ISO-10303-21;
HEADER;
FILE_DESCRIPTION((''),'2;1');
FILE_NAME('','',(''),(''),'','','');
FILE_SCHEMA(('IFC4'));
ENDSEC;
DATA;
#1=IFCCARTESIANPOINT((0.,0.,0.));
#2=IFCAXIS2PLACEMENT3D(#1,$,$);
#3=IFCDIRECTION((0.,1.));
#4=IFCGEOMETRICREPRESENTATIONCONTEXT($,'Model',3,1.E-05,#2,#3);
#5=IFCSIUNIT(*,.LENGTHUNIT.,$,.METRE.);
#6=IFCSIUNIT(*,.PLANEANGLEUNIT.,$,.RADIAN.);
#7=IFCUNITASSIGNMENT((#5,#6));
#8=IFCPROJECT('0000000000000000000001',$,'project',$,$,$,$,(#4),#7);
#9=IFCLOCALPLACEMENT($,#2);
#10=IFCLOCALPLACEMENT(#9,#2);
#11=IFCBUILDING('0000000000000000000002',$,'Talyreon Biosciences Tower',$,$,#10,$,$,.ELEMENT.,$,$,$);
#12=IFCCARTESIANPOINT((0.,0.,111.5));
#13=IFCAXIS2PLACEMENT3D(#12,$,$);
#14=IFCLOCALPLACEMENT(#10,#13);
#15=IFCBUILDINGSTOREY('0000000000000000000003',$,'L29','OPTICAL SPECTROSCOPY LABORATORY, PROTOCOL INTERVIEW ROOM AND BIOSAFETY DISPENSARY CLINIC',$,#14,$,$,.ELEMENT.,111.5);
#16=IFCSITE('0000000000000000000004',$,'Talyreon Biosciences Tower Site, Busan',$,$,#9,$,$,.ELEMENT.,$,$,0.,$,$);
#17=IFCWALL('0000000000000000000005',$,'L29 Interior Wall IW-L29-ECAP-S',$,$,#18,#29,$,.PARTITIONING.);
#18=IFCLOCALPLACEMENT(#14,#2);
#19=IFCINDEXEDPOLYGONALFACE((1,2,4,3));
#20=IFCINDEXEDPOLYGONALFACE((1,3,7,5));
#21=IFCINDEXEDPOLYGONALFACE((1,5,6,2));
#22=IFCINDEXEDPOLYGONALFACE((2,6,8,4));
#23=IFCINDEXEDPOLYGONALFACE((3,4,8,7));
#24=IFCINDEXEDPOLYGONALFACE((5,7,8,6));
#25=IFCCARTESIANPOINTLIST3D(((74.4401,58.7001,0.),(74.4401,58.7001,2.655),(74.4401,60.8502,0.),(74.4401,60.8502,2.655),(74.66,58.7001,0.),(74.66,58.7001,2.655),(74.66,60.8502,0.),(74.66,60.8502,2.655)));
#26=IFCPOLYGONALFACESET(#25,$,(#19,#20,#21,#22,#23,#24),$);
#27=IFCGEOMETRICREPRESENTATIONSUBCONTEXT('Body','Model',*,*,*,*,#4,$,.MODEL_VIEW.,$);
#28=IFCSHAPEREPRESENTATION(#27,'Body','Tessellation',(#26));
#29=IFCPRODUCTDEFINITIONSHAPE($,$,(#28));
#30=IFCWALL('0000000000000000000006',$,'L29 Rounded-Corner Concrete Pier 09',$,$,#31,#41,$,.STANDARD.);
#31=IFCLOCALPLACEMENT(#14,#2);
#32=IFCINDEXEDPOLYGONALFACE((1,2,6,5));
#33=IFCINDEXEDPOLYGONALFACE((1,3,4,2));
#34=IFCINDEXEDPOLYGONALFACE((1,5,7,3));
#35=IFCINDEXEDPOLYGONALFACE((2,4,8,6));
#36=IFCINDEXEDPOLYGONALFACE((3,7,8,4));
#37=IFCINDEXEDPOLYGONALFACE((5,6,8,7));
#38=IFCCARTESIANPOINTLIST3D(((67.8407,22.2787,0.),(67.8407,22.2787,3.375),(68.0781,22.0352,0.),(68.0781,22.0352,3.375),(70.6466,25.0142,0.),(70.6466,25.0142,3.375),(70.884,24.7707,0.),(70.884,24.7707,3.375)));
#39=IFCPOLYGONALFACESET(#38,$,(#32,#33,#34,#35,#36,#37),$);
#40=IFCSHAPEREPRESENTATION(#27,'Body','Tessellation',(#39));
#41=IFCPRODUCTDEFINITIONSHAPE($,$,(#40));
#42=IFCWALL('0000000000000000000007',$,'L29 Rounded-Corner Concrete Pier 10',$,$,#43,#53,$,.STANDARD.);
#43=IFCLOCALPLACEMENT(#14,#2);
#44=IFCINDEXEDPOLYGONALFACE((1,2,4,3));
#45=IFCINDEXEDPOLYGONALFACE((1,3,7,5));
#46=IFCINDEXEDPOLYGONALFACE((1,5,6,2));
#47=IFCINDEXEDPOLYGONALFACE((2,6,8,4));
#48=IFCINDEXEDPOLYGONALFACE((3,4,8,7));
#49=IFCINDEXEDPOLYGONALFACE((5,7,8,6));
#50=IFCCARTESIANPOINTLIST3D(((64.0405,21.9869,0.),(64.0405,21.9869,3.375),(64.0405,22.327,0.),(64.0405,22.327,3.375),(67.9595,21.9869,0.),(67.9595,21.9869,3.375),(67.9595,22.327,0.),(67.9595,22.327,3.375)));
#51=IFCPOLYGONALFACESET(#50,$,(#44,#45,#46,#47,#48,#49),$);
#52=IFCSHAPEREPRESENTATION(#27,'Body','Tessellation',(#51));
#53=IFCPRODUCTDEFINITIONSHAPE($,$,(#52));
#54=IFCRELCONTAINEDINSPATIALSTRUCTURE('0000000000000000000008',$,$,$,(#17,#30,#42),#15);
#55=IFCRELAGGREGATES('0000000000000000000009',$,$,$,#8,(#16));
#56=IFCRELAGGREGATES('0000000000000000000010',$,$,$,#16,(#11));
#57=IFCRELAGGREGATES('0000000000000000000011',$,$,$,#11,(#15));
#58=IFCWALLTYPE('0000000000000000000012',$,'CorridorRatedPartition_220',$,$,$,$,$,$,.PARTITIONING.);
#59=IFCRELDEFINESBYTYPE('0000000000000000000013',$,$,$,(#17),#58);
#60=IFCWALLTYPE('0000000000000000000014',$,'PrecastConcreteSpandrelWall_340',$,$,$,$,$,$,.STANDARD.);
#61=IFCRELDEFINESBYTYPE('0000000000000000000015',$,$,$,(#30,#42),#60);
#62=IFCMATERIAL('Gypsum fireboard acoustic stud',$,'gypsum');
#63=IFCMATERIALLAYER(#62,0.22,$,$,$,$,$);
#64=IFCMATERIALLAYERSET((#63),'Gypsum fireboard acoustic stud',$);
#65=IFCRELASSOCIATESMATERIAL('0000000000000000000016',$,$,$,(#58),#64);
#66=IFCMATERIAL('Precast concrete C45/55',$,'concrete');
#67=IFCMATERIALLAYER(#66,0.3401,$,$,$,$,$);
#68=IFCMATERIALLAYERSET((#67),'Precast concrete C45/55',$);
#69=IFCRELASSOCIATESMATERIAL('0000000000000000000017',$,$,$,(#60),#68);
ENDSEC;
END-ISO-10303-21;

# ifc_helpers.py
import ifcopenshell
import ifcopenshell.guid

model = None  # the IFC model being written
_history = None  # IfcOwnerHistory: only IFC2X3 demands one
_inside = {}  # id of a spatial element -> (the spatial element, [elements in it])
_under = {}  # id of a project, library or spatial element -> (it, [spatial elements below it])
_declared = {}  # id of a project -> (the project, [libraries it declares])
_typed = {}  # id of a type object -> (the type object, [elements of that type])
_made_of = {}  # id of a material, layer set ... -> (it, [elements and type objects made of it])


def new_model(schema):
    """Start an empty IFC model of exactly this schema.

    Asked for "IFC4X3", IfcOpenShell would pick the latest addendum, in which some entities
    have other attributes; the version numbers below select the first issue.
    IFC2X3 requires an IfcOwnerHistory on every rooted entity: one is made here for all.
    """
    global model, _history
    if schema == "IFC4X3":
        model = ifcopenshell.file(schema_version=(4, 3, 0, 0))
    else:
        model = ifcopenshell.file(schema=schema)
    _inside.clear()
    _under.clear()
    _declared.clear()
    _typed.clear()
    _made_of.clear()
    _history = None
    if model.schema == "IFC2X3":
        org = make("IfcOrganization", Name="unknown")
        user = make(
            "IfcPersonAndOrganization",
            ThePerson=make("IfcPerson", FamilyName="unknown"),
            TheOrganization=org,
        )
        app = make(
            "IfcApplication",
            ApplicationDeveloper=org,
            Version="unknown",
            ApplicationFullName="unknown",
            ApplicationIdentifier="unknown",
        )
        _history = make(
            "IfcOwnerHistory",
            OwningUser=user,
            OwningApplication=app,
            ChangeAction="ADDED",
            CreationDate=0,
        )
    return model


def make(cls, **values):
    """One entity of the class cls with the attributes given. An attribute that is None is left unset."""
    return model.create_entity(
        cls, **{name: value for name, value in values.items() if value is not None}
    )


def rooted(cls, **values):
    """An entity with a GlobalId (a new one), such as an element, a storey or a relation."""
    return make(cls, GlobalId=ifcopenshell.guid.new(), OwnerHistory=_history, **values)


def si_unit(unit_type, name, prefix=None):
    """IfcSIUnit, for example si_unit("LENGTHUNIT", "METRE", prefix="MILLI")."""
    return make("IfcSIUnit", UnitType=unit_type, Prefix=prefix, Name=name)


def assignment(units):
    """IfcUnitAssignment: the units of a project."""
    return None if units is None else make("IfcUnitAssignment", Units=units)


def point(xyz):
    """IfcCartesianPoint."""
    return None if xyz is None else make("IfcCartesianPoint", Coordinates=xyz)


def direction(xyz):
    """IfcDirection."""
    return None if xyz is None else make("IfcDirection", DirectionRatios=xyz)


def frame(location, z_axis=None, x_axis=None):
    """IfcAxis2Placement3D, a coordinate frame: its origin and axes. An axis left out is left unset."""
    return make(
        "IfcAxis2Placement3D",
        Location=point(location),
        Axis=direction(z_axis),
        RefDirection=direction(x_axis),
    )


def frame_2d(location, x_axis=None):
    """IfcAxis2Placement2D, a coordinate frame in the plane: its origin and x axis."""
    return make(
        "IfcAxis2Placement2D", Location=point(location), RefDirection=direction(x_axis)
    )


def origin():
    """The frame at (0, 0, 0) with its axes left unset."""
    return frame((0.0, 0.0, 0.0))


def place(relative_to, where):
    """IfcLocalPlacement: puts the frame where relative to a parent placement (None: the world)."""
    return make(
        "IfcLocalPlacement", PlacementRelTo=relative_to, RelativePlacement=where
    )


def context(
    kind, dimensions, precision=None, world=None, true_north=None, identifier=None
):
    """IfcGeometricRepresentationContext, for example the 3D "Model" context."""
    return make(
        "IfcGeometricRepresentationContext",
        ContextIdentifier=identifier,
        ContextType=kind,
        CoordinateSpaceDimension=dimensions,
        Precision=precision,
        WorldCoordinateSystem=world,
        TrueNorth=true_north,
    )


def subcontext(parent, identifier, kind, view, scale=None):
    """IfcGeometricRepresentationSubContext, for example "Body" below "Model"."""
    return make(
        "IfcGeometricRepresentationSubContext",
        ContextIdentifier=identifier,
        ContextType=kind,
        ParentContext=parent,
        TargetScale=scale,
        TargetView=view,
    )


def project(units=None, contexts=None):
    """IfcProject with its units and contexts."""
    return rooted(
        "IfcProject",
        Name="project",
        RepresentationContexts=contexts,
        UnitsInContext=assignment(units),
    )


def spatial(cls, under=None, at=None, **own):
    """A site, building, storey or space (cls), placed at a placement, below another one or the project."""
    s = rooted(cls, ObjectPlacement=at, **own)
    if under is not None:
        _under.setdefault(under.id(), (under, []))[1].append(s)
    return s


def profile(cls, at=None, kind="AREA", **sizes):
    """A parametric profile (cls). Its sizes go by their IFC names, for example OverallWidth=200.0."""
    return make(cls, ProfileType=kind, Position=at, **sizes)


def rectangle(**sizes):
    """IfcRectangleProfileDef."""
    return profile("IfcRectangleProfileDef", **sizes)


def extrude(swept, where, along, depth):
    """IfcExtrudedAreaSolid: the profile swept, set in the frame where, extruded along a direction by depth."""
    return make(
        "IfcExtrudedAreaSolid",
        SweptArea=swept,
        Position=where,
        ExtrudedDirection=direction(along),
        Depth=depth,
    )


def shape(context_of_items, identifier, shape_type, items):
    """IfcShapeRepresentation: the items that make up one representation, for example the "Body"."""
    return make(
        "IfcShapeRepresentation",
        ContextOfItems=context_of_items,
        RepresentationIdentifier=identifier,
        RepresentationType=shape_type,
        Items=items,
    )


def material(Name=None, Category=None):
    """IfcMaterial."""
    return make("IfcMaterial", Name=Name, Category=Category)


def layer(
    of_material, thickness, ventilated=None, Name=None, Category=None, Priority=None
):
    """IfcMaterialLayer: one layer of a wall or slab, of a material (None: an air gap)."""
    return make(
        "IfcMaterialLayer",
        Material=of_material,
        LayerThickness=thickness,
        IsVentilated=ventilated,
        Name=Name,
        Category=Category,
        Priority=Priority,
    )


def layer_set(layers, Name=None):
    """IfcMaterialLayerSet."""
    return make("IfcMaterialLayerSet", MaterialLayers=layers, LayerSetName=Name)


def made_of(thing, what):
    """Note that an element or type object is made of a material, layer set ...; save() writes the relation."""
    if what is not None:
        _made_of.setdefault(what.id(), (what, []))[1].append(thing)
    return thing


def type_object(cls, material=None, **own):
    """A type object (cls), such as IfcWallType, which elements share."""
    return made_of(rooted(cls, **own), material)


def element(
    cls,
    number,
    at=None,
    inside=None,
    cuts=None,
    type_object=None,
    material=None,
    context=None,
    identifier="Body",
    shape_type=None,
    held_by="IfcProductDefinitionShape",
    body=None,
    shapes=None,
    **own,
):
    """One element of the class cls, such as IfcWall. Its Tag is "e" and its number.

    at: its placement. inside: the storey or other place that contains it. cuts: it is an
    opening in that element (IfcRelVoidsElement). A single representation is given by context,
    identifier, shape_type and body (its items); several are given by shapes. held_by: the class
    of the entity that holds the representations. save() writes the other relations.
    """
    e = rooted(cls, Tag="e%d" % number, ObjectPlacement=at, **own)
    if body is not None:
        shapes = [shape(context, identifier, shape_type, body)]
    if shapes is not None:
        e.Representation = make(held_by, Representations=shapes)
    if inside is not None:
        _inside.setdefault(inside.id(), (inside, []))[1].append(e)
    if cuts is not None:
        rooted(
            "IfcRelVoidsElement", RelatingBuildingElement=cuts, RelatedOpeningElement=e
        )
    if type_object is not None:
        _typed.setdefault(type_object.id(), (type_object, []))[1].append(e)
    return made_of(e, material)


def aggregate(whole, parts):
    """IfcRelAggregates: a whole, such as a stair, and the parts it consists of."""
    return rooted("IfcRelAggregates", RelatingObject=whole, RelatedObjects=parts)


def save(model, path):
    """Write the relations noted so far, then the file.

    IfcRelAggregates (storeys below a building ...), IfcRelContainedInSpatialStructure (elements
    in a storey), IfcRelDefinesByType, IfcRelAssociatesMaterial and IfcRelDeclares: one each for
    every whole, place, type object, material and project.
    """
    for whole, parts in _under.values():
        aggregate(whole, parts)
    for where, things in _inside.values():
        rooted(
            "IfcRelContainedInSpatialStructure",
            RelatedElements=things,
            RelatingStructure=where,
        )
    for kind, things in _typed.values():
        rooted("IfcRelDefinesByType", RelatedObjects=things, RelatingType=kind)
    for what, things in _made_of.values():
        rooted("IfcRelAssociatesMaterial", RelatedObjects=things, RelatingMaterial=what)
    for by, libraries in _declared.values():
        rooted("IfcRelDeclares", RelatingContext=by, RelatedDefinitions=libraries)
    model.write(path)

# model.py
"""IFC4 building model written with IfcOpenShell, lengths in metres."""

from ifc_helpers import new_model, si_unit, direction, frame, frame_2d, origin, place, context, subcontext, project, spatial, rectangle, extrude, material, layer, layer_set, type_object, element, save


model = new_model("IFC4")

# Units and contexts
model_context = context("Model", 3, precision=1e-05, world=origin(), true_north=direction((0.0, 1.0)))
body_context = subcontext(model_context, "Body", "Model", "MODEL_VIEW")
ifc_project = project(units=[si_unit("LENGTHUNIT", "METRE"), si_unit("PLANEANGLEUNIT", "RADIAN")], contexts=[model_context])

# Site, building, storey
site_placement = place(None, origin())
site = spatial("IfcSite", under=ifc_project, at=site_placement, Name="Talyreon Biosciences Tower Site, Busan", CompositionType="ELEMENT", RefElevation=0.0)
building_placement = place(site_placement, origin())
building = spatial("IfcBuilding", under=site, at=building_placement, Name="Talyreon Biosciences Tower", CompositionType="ELEMENT")
storey_placement = place(building_placement, frame((0.0, 0.0, 111.5)))
storey = spatial("IfcBuildingStorey", under=building, at=storey_placement, Name="L29", Description="OPTICAL SPECTROSCOPY LABORATORY, PROTOCOL INTERVIEW ROOM AND BIOSAFETY DISPENSARY CLINIC", CompositionType="ELEMENT", Elevation=111.5)

# Shared definitions
ifc_material_1 = material(Name="Precast concrete C45/55", Category="concrete")

# Walls
ifc_material_2 = material(Name="Gypsum fireboard acoustic stud", Category="gypsum")
ifc_layer_1 = layer(ifc_material_2, 0.22)
ifc_layer_set_1 = layer_set([ifc_layer_1], Name="Gypsum fireboard acoustic stud")
wall_type_1 = type_object("IfcWallType", Name="CorridorRatedPartition_220", PredefinedType="PARTITIONING", material=ifc_layer_set_1)
wall_1_placement = place(storey_placement, frame((74.55, 58.7, 0.0), z_axis=(0.0, 0.0, 1.0), x_axis=(0.0, 1.0, 0.0)))
element("IfcWall", 1, at=wall_1_placement, inside=storey, type_object=wall_type_1, Name="L29 Interior Wall IW-L29-ECAP-S", PredefinedType="PARTITIONING", context=body_context, shape_type="SweptSolid", body=[
    extrude(rectangle(XDim=2.1501, YDim=0.22, at=frame_2d((1.0752, 0.0))), origin(), (0.0, 0.0, 1.0), 2.655),
])
ifc_layer_2 = layer(ifc_material_1, 0.3401)
ifc_layer_set_2 = layer_set([ifc_layer_2], Name="Precast concrete C45/55")
wall_type_2 = type_object("IfcWallType", Name="PrecastConcreteSpandrelWall_340", PredefinedType="STANDARD", material=ifc_layer_set_2)
wall_2_placement = place(storey_placement, frame((70.7654, 24.8926, 0.0), z_axis=(0.0, 0.0, 1.0), x_axis=(-0.716021, -0.698079, 0.0)))
element("IfcWall", 2, at=wall_2_placement, inside=storey, type_object=wall_type_2, Name="L29 Rounded-Corner Concrete Pier 09", PredefinedType="STANDARD", context=body_context, shape_type="SweptSolid", body=[
    extrude(rectangle(XDim=3.9187, YDim=0.3401, at=frame_2d((1.9595, 0.0))), origin(), (0.0, 0.0, 1.0), 3.375),
])
wall_3_placement = place(storey_placement, frame((67.9595, 22.157, 0.0), z_axis=(0.0, 0.0, 1.0), x_axis=(-1.0, 0.0, 0.0)))
element("IfcWall", 3, at=wall_3_placement, inside=storey, type_object=wall_type_2, Name="L29 Rounded-Corner Concrete Pier 10", PredefinedType="STANDARD", context=body_context, shape_type="SweptSolid", body=[
    extrude(rectangle(XDim=3.9189, YDim=0.3401, at=frame_2d((1.9595, 0.0))), origin(), (0.0, 0.0, 1.0), 3.375),
])

save(model, "model.ifc")
